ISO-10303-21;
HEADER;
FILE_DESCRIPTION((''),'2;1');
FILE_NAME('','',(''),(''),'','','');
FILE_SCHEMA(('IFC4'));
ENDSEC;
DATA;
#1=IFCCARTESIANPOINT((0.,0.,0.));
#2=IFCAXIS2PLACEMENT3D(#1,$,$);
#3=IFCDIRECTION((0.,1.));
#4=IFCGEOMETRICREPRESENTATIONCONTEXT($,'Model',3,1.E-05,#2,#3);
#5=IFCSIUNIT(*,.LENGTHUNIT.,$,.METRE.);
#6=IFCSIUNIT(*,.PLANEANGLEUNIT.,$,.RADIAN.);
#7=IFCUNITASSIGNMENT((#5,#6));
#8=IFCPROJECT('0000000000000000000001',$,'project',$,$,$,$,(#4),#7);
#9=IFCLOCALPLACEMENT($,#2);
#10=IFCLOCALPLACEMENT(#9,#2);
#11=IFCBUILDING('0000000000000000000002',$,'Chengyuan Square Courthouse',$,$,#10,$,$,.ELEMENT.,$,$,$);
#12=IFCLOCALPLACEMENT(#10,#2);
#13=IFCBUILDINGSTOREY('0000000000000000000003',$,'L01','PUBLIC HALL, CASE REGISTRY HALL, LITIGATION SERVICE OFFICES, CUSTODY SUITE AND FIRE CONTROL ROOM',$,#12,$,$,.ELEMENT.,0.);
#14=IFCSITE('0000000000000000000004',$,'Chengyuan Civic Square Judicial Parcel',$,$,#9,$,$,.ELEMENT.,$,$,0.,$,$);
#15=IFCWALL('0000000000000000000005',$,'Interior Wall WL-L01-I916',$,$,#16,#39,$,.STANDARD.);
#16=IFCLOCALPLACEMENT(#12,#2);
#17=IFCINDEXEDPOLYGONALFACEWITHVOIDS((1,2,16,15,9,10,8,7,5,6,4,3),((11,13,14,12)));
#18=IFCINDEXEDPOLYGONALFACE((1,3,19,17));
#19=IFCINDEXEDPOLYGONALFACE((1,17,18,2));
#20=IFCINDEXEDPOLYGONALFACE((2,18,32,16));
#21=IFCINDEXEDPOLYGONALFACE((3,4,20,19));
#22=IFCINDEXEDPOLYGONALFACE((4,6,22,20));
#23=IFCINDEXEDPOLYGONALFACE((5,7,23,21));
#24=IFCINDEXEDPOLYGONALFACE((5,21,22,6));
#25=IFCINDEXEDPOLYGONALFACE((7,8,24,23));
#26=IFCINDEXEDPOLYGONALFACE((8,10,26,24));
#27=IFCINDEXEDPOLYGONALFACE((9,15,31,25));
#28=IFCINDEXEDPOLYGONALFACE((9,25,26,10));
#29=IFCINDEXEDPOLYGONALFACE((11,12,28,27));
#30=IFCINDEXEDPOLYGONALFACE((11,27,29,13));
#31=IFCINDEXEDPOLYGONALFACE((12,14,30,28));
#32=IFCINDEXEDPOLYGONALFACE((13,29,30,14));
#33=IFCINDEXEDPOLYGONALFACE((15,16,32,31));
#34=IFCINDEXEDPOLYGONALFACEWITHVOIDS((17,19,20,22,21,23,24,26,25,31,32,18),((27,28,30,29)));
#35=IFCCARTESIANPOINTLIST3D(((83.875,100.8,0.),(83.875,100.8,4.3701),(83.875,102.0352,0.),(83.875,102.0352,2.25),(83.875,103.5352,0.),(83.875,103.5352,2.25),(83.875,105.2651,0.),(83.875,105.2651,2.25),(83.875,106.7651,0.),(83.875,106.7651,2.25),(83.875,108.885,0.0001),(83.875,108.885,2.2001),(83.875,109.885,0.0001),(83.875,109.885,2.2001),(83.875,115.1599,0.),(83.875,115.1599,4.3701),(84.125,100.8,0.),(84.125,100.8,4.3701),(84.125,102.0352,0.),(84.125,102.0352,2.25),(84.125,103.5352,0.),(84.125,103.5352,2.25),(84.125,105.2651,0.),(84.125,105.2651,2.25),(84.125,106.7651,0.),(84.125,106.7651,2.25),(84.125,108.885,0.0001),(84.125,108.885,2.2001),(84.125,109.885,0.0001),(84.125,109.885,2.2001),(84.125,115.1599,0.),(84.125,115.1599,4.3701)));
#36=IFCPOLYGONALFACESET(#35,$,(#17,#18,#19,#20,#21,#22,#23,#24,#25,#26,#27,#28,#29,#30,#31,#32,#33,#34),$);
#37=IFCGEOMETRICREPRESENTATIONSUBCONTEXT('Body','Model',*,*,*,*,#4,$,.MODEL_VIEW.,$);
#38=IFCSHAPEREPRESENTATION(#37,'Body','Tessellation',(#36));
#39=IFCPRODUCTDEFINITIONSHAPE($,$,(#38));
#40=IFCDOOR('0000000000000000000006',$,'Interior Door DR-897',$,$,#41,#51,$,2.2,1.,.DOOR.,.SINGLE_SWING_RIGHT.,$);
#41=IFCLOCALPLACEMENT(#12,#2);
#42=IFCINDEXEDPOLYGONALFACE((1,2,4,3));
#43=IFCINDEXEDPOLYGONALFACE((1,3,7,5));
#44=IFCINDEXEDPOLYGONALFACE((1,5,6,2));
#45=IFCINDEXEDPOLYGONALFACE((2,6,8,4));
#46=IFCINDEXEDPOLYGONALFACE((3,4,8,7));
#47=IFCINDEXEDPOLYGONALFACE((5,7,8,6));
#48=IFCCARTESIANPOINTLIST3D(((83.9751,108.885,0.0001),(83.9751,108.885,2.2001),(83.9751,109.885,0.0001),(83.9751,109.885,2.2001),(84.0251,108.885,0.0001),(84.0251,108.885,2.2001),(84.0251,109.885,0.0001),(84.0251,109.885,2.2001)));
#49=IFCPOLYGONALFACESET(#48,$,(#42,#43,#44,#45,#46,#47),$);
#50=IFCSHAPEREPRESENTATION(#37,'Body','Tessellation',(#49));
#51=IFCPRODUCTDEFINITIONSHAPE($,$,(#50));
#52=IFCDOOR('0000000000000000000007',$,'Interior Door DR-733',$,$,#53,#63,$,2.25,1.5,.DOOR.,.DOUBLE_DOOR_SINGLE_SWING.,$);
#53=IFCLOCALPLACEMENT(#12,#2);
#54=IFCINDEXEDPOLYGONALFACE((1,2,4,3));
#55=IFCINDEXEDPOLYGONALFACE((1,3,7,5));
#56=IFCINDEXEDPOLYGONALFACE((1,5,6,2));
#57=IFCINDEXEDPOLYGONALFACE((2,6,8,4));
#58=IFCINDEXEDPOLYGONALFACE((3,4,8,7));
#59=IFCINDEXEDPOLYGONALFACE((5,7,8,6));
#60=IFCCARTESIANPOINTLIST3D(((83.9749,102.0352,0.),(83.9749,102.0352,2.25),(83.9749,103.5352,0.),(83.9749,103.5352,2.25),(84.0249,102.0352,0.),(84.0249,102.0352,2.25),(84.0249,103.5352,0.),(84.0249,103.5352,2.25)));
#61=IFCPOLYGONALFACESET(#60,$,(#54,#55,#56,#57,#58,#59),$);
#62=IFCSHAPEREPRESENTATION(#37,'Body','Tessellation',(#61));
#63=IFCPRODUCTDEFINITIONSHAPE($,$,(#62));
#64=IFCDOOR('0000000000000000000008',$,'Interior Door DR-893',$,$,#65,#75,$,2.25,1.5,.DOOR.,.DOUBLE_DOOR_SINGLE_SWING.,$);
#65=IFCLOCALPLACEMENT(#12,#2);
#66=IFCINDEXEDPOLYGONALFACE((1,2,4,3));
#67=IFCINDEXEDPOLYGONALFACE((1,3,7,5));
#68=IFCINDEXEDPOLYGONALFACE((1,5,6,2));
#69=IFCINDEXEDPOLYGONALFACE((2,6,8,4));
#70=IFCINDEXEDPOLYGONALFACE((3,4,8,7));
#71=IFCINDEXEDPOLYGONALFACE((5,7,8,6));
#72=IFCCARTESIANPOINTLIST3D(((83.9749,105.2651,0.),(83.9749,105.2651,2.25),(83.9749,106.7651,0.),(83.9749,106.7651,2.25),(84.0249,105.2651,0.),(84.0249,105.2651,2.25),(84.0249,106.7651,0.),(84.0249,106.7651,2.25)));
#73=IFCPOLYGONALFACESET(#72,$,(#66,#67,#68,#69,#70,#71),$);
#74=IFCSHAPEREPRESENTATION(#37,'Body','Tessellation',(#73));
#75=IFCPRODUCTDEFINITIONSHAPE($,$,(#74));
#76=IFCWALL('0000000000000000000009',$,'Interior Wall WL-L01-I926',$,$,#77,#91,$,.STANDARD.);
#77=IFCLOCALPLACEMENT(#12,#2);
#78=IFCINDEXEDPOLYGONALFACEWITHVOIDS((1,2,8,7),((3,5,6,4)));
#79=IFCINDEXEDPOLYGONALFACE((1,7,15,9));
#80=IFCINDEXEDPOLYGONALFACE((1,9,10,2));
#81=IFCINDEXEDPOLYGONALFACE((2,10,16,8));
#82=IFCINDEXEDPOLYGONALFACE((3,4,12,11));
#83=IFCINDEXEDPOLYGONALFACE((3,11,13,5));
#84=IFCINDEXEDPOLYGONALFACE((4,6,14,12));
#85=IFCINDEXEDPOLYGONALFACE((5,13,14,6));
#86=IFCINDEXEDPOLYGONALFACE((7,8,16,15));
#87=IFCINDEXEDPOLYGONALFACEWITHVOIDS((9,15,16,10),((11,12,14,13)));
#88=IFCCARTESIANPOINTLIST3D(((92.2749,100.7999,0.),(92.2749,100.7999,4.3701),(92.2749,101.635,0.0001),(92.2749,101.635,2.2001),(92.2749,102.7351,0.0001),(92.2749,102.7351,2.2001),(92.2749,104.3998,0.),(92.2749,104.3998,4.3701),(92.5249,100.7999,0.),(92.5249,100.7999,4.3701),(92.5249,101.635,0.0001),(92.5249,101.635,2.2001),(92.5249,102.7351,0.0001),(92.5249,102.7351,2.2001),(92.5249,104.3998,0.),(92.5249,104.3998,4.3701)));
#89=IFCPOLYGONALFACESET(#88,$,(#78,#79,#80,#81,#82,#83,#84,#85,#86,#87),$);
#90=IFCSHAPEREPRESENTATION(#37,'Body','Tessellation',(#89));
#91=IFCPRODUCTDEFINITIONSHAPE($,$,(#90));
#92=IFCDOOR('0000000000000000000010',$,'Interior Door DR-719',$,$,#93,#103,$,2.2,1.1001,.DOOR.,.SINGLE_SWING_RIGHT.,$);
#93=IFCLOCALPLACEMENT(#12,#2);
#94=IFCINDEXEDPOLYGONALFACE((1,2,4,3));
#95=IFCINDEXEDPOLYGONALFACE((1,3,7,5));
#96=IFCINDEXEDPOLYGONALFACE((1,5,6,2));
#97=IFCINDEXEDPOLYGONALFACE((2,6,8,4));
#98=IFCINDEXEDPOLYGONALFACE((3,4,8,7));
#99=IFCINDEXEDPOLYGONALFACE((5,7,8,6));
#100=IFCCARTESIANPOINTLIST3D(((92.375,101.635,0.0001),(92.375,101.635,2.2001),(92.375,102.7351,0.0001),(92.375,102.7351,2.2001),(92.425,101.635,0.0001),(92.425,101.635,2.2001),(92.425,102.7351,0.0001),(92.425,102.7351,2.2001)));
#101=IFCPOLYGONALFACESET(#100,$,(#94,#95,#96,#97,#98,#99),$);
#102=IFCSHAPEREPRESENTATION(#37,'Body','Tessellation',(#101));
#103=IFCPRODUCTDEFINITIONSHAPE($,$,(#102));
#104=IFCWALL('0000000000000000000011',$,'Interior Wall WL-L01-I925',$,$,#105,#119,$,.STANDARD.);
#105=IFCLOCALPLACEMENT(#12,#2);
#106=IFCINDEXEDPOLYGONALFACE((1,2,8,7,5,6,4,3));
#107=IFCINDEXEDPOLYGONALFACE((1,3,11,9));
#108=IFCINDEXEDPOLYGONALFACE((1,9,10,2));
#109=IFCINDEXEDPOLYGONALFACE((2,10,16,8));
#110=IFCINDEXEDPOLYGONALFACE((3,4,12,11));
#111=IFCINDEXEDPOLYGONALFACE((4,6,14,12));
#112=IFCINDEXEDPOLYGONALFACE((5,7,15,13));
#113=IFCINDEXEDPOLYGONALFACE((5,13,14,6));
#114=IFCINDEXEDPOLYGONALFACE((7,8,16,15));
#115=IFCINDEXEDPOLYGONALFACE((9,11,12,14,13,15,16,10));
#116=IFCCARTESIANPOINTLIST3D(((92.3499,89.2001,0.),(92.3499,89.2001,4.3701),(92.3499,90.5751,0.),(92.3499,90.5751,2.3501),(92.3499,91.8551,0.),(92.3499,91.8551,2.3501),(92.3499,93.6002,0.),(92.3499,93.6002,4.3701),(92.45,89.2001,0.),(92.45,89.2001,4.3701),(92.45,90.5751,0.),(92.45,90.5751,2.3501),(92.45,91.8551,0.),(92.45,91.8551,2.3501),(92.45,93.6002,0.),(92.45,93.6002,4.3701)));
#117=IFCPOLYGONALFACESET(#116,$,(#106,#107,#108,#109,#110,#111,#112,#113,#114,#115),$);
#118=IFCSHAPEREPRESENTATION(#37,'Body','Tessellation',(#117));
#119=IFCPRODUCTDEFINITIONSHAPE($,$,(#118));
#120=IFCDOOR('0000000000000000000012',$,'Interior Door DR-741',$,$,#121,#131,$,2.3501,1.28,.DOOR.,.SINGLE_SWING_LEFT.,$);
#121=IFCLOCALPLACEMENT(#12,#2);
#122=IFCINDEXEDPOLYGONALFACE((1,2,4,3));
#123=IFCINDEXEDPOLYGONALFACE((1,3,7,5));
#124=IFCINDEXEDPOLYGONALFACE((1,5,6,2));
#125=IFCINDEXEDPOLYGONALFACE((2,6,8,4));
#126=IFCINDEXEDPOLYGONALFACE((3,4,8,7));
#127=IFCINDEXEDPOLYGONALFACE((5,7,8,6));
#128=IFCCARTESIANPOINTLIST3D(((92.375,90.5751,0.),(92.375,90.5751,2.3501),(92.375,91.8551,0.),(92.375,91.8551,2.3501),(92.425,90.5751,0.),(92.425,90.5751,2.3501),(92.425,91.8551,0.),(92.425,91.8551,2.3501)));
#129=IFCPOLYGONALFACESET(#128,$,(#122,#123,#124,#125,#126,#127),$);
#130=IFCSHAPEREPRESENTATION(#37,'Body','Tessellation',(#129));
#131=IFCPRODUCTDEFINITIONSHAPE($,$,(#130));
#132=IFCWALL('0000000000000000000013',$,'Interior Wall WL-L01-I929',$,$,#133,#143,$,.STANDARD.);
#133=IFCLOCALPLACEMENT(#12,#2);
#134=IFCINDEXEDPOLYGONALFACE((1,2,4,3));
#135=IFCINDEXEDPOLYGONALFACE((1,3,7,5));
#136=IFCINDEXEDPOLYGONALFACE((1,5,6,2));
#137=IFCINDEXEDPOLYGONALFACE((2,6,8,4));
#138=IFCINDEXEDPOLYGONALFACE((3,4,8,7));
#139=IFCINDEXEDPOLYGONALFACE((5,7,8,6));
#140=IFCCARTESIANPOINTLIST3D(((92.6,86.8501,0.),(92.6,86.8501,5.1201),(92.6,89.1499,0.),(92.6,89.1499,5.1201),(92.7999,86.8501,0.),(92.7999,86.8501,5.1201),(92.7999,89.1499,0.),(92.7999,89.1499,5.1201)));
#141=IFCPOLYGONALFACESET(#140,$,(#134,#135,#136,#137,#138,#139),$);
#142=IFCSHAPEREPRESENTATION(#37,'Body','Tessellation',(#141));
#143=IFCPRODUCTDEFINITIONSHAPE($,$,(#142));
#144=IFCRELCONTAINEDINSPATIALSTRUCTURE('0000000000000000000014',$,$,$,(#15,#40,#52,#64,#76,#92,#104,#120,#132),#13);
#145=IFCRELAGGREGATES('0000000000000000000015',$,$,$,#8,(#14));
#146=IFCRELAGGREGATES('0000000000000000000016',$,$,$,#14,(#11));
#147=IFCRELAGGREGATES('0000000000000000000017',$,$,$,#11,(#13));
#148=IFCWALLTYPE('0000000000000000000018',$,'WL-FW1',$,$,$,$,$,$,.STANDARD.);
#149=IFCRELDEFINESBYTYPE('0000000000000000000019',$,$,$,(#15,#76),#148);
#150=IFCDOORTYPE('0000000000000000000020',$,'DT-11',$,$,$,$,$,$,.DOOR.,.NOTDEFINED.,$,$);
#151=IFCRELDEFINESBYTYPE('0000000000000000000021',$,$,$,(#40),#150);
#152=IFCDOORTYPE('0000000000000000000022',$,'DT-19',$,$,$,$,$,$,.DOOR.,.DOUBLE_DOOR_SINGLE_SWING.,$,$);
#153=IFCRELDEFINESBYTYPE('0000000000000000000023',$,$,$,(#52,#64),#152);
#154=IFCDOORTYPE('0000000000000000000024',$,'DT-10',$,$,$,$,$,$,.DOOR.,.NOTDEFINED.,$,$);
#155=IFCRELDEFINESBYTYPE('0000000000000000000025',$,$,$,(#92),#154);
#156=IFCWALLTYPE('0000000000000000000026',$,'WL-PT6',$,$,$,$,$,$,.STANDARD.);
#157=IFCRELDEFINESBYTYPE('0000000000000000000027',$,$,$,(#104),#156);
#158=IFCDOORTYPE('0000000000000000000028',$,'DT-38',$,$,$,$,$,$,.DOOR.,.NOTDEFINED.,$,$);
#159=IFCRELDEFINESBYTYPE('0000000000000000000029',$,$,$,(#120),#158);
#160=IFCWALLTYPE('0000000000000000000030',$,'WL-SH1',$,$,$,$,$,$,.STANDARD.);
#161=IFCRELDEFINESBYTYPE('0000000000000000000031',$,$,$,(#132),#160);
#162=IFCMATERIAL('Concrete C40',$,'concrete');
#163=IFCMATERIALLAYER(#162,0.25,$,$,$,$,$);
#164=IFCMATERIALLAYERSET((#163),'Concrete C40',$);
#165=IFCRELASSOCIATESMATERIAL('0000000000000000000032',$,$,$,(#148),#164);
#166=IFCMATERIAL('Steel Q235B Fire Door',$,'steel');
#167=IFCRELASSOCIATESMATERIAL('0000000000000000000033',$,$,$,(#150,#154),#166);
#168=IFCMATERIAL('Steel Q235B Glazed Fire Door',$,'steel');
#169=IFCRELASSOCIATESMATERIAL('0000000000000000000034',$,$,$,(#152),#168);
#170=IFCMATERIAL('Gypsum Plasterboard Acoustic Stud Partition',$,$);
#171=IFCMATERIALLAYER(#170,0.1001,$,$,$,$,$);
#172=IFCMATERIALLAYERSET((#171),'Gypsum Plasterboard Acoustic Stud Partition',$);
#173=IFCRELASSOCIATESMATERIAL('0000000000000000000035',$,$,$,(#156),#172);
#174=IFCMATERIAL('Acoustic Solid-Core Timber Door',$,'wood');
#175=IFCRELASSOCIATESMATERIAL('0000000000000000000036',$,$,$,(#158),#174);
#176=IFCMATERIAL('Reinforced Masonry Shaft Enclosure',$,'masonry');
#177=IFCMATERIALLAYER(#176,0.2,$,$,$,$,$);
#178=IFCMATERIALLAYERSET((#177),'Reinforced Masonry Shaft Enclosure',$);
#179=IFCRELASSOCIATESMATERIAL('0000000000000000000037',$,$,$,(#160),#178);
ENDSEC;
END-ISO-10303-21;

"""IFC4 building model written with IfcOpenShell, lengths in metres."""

from ifc_helpers import new_model, si_unit, direction, frame, frame_2d, origin, place, context, subcontext, project, spatial, rectangle, extrude, material, layer, layer_set, type_object, element, fill, save


model = new_model("IFC4")

# Units and contexts
model_context = context("Model", 3, precision=1e-05, world=origin(), true_north=direction((0.0, 1.0)))
body_context = subcontext(model_context, "Body", "Model", "MODEL_VIEW")
ifc_project = project(units=[si_unit("LENGTHUNIT", "METRE"), si_unit("PLANEANGLEUNIT", "RADIAN")], contexts=[model_context])

# Site, building, storey
site_placement = place(None, origin())
site = spatial("IfcSite", under=ifc_project, at=site_placement, Name="Chengyuan Civic Square Judicial Parcel", CompositionType="ELEMENT", RefElevation=0.0)
building_placement = place(site_placement, origin())
building = spatial("IfcBuilding", under=site, at=building_placement, Name="Chengyuan Square Courthouse", CompositionType="ELEMENT")
storey_placement = place(building_placement, origin())
storey = spatial("IfcBuildingStorey", under=building, at=storey_placement, Name="L01", Description="PUBLIC HALL, CASE REGISTRY HALL, LITIGATION SERVICE OFFICES, CUSTODY SUITE AND FIRE CONTROL ROOM", CompositionType="ELEMENT", Elevation=0.0)

# Shared definitions
ifc_material_1 = material(Name="Concrete C40", Category="concrete")

# Wall, openings, doors
ifc_layer_1 = layer(ifc_material_1, 0.25)
ifc_layer_set_1 = layer_set([ifc_layer_1], Name="Concrete C40")
wall_type_1 = type_object("IfcWallType", Name="WL-FW1", PredefinedType="STANDARD", material=ifc_layer_set_1)
wall_1_placement = place(storey_placement, frame((84.0, 100.8, 0.0), z_axis=(0.0, 0.0, 1.0), x_axis=(0.0, 1.0, 0.0)))
wall_1 = element("IfcWall", 1, at=wall_1_placement, inside=storey, type_object=wall_type_1, Name="Interior Wall WL-L01-I916", PredefinedType="STANDARD", context=body_context, shape_type="SweptSolid", body=[
    extrude(rectangle(XDim=14.3599, YDim=0.25, at=frame_2d((7.1799, 0.0))), origin(), (0.0, 0.0, 1.0), 4.3701),
])
opening_1_placement = place(wall_1_placement, frame((1.2351, 0.0, 0.0)))
opening_1 = element("IfcOpeningElement", 2, at=opening_1_placement, cuts=wall_1, PredefinedType="OPENING", context=body_context, shape_type="SweptSolid", body=[
    extrude(rectangle(XDim=1.5, YDim=2.25, at=frame_2d((0.75, 1.125))), frame((0.0, 0.137, 0.0), z_axis=(0.0, -1.0, 0.0), x_axis=(1.0, 0.0, 0.0)), (0.0, 0.0, 1.0), 0.2739),
])
opening_2_placement = place(wall_1_placement, frame((4.4651, 0.0, 0.0)))
opening_2 = element("IfcOpeningElement", 3, at=opening_2_placement, cuts=wall_1, PredefinedType="OPENING", context=body_context, shape_type="SweptSolid", body=[
    extrude(rectangle(XDim=1.5, YDim=2.25, at=frame_2d((0.75, 1.125))), frame((0.0, 0.137, 0.0), z_axis=(0.0, -1.0, 0.0), x_axis=(1.0, 0.0, 0.0)), (0.0, 0.0, 1.0), 0.2739),
])
opening_3_placement = place(wall_1_placement, frame((8.085, 0.0, 0.0)))
opening_3 = element("IfcOpeningElement", 4, at=opening_3_placement, cuts=wall_1, PredefinedType="OPENING", context=body_context, shape_type="SweptSolid", body=[
    extrude(rectangle(XDim=1.0, YDim=2.2, at=frame_2d((0.5, 1.1001))), frame((0.0, 0.137, 0.0), z_axis=(0.0, -1.0, 0.0), x_axis=(1.0, 0.0, 0.0)), (0.0, 0.0, 1.0), 0.2739),
])
ifc_material_2 = material(Name="Steel Q235B Fire Door", Category="steel")
door_type_1 = type_object("IfcDoorType", Name="DT-11", OperationType="NOTDEFINED", PredefinedType="DOOR", material=ifc_material_2)
door_1_placement = place(opening_3_placement, origin())
door_1 = element("IfcDoor", 5, at=door_1_placement, inside=storey, type_object=door_type_1, Name="Interior Door DR-897", OperationType="SINGLE_SWING_RIGHT", OverallHeight=2.2, OverallWidth=1.0, PredefinedType="DOOR", context=body_context, shape_type="SweptSolid", body=[
    extrude(rectangle(XDim=1.0, YDim=2.2, at=frame_2d((0.5, 1.1001))), frame((0.0, 0.0249, 0.0), z_axis=(0.0, -1.0, 0.0), x_axis=(1.0, 0.0, 0.0)), (0.0, 0.0, 1.0), 0.05),
])
fill(opening_3, door_1)
ifc_material_3 = material(Name="Steel Q235B Glazed Fire Door", Category="steel")
door_type_2 = type_object("IfcDoorType", Name="DT-19", OperationType="DOUBLE_DOOR_SINGLE_SWING", PredefinedType="DOOR", material=ifc_material_3)
door_2_placement = place(opening_1_placement, frame((1.5, 0.0, 0.0), z_axis=(0.0, 0.0, 1.0), x_axis=(-1.0, 0.0, 0.0)))
door_2 = element("IfcDoor", 6, at=door_2_placement, inside=storey, type_object=door_type_2, Name="Interior Door DR-733", OperationType="DOUBLE_DOOR_SINGLE_SWING", OverallHeight=2.25, OverallWidth=1.5, PredefinedType="DOOR", context=body_context, shape_type="SweptSolid", body=[
    extrude(rectangle(XDim=1.5, YDim=2.25, at=frame_2d((0.75, 1.125))), frame((0.0, 0.0249, 0.0), z_axis=(0.0, -1.0, 0.0), x_axis=(1.0, 0.0, 0.0)), (0.0, 0.0, 1.0), 0.05),
])
fill(opening_1, door_2)
door_3_placement = place(opening_2_placement, frame((1.5, 0.0, 0.0), z_axis=(0.0, 0.0, 1.0), x_axis=(-1.0, 0.0, 0.0)))
door_3 = element("IfcDoor", 7, at=door_3_placement, inside=storey, type_object=door_type_2, Name="Interior Door DR-893", OperationType="DOUBLE_DOOR_SINGLE_SWING", OverallHeight=2.25, OverallWidth=1.5, PredefinedType="DOOR", context=body_context, shape_type="SweptSolid", body=[
    extrude(rectangle(XDim=1.5, YDim=2.25, at=frame_2d((0.75, 1.125))), frame((0.0, 0.0249, 0.0), z_axis=(0.0, -1.0, 0.0), x_axis=(1.0, 0.0, 0.0)), (0.0, 0.0, 1.0), 0.05),
])
fill(opening_2, door_3)

# Walls, openings, doors
wall_2_placement = place(storey_placement, frame((92.3999, 100.8, 0.0), z_axis=(0.0, 0.0, 1.0), x_axis=(0.0, 1.0, 0.0)))
wall_2 = element("IfcWall", 8, at=wall_2_placement, inside=storey, type_object=wall_type_1, Name="Interior Wall WL-L01-I926", PredefinedType="STANDARD", context=body_context, shape_type="SweptSolid", body=[
    extrude(rectangle(XDim=3.5999, YDim=0.25, at=frame_2d((1.7998, 0.0))), origin(), (0.0, 0.0, 1.0), 4.3701),
])
opening_4_placement = place(wall_2_placement, frame((0.835, 0.0, 0.0)))
opening_4 = element("IfcOpeningElement", 9, at=opening_4_placement, cuts=wall_2, PredefinedType="OPENING", context=body_context, shape_type="SweptSolid", body=[
    extrude(rectangle(XDim=1.1001, YDim=2.2, at=frame_2d((0.55, 1.1001))), frame((0.0, 0.137, 0.0), z_axis=(0.0, -1.0, 0.0), x_axis=(1.0, 0.0, 0.0)), (0.0, 0.0, 1.0), 0.2739),
])
door_type_3 = type_object("IfcDoorType", Name="DT-10", OperationType="NOTDEFINED", PredefinedType="DOOR", material=ifc_material_2)
door_4_placement = place(opening_4_placement, origin())
door_4 = element("IfcDoor", 10, at=door_4_placement, inside=storey, type_object=door_type_3, Name="Interior Door DR-719", OperationType="SINGLE_SWING_RIGHT", OverallHeight=2.2, OverallWidth=1.1001, PredefinedType="DOOR", context=body_context, shape_type="SweptSolid", body=[
    extrude(rectangle(XDim=1.1001, YDim=2.2, at=frame_2d((0.55, 1.1001))), frame((0.0, 0.0249, 0.0), z_axis=(0.0, -1.0, 0.0), x_axis=(1.0, 0.0, 0.0)), (0.0, 0.0, 1.0), 0.05),
])
fill(opening_4, door_4)
ifc_material_4 = material(Name="Gypsum Plasterboard Acoustic Stud Partition")
ifc_layer_2 = layer(ifc_material_4, 0.1001)
ifc_layer_set_2 = layer_set([ifc_layer_2], Name="Gypsum Plasterboard Acoustic Stud Partition")
wall_type_2 = type_object("IfcWallType", Name="WL-PT6", PredefinedType="STANDARD", material=ifc_layer_set_2)
wall_3_placement = place(storey_placement, frame((92.3999, 89.2, 0.0), z_axis=(0.0, 0.0, 1.0), x_axis=(0.0, 1.0, 0.0)))
wall_3 = element("IfcWall", 11, at=wall_3_placement, inside=storey, type_object=wall_type_2, Name="Interior Wall WL-L01-I925", PredefinedType="STANDARD", context=body_context, shape_type="SweptSolid", body=[
    extrude(rectangle(XDim=4.4001, YDim=0.1001, at=frame_2d((2.2002, 0.0))), origin(), (0.0, 0.0, 1.0), 4.3701),
])
opening_5_placement = place(wall_3_placement, frame((1.375, 0.0, 0.0)))
opening_5 = element("IfcOpeningElement", 12, at=opening_5_placement, cuts=wall_3, PredefinedType="OPENING", context=body_context, shape_type="SweptSolid", body=[
    extrude(rectangle(XDim=1.28, YDim=2.3501, at=frame_2d((0.6401, 1.175))), frame((0.0, 0.062, 0.0), z_axis=(0.0, -1.0, 0.0), x_axis=(1.0, 0.0, 0.0)), (0.0, 0.0, 1.0), 0.124),
])
ifc_material_5 = material(Name="Acoustic Solid-Core Timber Door", Category="wood")
door_type_4 = type_object("IfcDoorType", Name="DT-38", OperationType="NOTDEFINED", PredefinedType="DOOR", material=ifc_material_5)
door_5_placement = place(opening_5_placement, origin())
door_5 = element("IfcDoor", 13, at=door_5_placement, inside=storey, type_object=door_type_4, Name="Interior Door DR-741", OperationType="SINGLE_SWING_LEFT", OverallHeight=2.3501, OverallWidth=1.28, PredefinedType="DOOR", context=body_context, shape_type="SweptSolid", body=[
    extrude(rectangle(XDim=1.28, YDim=2.3501, at=frame_2d((0.6401, 1.175))), frame((0.0, 0.0249, 0.0), z_axis=(0.0, -1.0, 0.0), x_axis=(1.0, 0.0, 0.0)), (0.0, 0.0, 1.0), 0.05),
])
fill(opening_5, door_5)

# Wall
ifc_material_6 = material(Name="Reinforced Masonry Shaft Enclosure", Category="masonry")
ifc_layer_3 = layer(ifc_material_6, 0.2)
ifc_layer_set_3 = layer_set([ifc_layer_3], Name="Reinforced Masonry Shaft Enclosure")
wall_type_3 = type_object("IfcWallType", Name="WL-SH1", PredefinedType="STANDARD", material=ifc_layer_set_3)
wall_4_placement = place(storey_placement, frame((92.7, 86.8501, 0.0), z_axis=(0.0, 0.0, 1.0), x_axis=(0.0, 1.0, 0.0)))
element("IfcWall", 14, at=wall_4_placement, inside=storey, type_object=wall_type_3, Name="Interior Wall WL-L01-I929", PredefinedType="STANDARD", context=body_context, shape_type="SweptSolid", body=[
    extrude(rectangle(XDim=2.2998, YDim=0.2, at=frame_2d((1.1499, 0.0))), origin(), (0.0, 0.0, 1.0), 5.1201),
])

save(model, "model.ifc")
